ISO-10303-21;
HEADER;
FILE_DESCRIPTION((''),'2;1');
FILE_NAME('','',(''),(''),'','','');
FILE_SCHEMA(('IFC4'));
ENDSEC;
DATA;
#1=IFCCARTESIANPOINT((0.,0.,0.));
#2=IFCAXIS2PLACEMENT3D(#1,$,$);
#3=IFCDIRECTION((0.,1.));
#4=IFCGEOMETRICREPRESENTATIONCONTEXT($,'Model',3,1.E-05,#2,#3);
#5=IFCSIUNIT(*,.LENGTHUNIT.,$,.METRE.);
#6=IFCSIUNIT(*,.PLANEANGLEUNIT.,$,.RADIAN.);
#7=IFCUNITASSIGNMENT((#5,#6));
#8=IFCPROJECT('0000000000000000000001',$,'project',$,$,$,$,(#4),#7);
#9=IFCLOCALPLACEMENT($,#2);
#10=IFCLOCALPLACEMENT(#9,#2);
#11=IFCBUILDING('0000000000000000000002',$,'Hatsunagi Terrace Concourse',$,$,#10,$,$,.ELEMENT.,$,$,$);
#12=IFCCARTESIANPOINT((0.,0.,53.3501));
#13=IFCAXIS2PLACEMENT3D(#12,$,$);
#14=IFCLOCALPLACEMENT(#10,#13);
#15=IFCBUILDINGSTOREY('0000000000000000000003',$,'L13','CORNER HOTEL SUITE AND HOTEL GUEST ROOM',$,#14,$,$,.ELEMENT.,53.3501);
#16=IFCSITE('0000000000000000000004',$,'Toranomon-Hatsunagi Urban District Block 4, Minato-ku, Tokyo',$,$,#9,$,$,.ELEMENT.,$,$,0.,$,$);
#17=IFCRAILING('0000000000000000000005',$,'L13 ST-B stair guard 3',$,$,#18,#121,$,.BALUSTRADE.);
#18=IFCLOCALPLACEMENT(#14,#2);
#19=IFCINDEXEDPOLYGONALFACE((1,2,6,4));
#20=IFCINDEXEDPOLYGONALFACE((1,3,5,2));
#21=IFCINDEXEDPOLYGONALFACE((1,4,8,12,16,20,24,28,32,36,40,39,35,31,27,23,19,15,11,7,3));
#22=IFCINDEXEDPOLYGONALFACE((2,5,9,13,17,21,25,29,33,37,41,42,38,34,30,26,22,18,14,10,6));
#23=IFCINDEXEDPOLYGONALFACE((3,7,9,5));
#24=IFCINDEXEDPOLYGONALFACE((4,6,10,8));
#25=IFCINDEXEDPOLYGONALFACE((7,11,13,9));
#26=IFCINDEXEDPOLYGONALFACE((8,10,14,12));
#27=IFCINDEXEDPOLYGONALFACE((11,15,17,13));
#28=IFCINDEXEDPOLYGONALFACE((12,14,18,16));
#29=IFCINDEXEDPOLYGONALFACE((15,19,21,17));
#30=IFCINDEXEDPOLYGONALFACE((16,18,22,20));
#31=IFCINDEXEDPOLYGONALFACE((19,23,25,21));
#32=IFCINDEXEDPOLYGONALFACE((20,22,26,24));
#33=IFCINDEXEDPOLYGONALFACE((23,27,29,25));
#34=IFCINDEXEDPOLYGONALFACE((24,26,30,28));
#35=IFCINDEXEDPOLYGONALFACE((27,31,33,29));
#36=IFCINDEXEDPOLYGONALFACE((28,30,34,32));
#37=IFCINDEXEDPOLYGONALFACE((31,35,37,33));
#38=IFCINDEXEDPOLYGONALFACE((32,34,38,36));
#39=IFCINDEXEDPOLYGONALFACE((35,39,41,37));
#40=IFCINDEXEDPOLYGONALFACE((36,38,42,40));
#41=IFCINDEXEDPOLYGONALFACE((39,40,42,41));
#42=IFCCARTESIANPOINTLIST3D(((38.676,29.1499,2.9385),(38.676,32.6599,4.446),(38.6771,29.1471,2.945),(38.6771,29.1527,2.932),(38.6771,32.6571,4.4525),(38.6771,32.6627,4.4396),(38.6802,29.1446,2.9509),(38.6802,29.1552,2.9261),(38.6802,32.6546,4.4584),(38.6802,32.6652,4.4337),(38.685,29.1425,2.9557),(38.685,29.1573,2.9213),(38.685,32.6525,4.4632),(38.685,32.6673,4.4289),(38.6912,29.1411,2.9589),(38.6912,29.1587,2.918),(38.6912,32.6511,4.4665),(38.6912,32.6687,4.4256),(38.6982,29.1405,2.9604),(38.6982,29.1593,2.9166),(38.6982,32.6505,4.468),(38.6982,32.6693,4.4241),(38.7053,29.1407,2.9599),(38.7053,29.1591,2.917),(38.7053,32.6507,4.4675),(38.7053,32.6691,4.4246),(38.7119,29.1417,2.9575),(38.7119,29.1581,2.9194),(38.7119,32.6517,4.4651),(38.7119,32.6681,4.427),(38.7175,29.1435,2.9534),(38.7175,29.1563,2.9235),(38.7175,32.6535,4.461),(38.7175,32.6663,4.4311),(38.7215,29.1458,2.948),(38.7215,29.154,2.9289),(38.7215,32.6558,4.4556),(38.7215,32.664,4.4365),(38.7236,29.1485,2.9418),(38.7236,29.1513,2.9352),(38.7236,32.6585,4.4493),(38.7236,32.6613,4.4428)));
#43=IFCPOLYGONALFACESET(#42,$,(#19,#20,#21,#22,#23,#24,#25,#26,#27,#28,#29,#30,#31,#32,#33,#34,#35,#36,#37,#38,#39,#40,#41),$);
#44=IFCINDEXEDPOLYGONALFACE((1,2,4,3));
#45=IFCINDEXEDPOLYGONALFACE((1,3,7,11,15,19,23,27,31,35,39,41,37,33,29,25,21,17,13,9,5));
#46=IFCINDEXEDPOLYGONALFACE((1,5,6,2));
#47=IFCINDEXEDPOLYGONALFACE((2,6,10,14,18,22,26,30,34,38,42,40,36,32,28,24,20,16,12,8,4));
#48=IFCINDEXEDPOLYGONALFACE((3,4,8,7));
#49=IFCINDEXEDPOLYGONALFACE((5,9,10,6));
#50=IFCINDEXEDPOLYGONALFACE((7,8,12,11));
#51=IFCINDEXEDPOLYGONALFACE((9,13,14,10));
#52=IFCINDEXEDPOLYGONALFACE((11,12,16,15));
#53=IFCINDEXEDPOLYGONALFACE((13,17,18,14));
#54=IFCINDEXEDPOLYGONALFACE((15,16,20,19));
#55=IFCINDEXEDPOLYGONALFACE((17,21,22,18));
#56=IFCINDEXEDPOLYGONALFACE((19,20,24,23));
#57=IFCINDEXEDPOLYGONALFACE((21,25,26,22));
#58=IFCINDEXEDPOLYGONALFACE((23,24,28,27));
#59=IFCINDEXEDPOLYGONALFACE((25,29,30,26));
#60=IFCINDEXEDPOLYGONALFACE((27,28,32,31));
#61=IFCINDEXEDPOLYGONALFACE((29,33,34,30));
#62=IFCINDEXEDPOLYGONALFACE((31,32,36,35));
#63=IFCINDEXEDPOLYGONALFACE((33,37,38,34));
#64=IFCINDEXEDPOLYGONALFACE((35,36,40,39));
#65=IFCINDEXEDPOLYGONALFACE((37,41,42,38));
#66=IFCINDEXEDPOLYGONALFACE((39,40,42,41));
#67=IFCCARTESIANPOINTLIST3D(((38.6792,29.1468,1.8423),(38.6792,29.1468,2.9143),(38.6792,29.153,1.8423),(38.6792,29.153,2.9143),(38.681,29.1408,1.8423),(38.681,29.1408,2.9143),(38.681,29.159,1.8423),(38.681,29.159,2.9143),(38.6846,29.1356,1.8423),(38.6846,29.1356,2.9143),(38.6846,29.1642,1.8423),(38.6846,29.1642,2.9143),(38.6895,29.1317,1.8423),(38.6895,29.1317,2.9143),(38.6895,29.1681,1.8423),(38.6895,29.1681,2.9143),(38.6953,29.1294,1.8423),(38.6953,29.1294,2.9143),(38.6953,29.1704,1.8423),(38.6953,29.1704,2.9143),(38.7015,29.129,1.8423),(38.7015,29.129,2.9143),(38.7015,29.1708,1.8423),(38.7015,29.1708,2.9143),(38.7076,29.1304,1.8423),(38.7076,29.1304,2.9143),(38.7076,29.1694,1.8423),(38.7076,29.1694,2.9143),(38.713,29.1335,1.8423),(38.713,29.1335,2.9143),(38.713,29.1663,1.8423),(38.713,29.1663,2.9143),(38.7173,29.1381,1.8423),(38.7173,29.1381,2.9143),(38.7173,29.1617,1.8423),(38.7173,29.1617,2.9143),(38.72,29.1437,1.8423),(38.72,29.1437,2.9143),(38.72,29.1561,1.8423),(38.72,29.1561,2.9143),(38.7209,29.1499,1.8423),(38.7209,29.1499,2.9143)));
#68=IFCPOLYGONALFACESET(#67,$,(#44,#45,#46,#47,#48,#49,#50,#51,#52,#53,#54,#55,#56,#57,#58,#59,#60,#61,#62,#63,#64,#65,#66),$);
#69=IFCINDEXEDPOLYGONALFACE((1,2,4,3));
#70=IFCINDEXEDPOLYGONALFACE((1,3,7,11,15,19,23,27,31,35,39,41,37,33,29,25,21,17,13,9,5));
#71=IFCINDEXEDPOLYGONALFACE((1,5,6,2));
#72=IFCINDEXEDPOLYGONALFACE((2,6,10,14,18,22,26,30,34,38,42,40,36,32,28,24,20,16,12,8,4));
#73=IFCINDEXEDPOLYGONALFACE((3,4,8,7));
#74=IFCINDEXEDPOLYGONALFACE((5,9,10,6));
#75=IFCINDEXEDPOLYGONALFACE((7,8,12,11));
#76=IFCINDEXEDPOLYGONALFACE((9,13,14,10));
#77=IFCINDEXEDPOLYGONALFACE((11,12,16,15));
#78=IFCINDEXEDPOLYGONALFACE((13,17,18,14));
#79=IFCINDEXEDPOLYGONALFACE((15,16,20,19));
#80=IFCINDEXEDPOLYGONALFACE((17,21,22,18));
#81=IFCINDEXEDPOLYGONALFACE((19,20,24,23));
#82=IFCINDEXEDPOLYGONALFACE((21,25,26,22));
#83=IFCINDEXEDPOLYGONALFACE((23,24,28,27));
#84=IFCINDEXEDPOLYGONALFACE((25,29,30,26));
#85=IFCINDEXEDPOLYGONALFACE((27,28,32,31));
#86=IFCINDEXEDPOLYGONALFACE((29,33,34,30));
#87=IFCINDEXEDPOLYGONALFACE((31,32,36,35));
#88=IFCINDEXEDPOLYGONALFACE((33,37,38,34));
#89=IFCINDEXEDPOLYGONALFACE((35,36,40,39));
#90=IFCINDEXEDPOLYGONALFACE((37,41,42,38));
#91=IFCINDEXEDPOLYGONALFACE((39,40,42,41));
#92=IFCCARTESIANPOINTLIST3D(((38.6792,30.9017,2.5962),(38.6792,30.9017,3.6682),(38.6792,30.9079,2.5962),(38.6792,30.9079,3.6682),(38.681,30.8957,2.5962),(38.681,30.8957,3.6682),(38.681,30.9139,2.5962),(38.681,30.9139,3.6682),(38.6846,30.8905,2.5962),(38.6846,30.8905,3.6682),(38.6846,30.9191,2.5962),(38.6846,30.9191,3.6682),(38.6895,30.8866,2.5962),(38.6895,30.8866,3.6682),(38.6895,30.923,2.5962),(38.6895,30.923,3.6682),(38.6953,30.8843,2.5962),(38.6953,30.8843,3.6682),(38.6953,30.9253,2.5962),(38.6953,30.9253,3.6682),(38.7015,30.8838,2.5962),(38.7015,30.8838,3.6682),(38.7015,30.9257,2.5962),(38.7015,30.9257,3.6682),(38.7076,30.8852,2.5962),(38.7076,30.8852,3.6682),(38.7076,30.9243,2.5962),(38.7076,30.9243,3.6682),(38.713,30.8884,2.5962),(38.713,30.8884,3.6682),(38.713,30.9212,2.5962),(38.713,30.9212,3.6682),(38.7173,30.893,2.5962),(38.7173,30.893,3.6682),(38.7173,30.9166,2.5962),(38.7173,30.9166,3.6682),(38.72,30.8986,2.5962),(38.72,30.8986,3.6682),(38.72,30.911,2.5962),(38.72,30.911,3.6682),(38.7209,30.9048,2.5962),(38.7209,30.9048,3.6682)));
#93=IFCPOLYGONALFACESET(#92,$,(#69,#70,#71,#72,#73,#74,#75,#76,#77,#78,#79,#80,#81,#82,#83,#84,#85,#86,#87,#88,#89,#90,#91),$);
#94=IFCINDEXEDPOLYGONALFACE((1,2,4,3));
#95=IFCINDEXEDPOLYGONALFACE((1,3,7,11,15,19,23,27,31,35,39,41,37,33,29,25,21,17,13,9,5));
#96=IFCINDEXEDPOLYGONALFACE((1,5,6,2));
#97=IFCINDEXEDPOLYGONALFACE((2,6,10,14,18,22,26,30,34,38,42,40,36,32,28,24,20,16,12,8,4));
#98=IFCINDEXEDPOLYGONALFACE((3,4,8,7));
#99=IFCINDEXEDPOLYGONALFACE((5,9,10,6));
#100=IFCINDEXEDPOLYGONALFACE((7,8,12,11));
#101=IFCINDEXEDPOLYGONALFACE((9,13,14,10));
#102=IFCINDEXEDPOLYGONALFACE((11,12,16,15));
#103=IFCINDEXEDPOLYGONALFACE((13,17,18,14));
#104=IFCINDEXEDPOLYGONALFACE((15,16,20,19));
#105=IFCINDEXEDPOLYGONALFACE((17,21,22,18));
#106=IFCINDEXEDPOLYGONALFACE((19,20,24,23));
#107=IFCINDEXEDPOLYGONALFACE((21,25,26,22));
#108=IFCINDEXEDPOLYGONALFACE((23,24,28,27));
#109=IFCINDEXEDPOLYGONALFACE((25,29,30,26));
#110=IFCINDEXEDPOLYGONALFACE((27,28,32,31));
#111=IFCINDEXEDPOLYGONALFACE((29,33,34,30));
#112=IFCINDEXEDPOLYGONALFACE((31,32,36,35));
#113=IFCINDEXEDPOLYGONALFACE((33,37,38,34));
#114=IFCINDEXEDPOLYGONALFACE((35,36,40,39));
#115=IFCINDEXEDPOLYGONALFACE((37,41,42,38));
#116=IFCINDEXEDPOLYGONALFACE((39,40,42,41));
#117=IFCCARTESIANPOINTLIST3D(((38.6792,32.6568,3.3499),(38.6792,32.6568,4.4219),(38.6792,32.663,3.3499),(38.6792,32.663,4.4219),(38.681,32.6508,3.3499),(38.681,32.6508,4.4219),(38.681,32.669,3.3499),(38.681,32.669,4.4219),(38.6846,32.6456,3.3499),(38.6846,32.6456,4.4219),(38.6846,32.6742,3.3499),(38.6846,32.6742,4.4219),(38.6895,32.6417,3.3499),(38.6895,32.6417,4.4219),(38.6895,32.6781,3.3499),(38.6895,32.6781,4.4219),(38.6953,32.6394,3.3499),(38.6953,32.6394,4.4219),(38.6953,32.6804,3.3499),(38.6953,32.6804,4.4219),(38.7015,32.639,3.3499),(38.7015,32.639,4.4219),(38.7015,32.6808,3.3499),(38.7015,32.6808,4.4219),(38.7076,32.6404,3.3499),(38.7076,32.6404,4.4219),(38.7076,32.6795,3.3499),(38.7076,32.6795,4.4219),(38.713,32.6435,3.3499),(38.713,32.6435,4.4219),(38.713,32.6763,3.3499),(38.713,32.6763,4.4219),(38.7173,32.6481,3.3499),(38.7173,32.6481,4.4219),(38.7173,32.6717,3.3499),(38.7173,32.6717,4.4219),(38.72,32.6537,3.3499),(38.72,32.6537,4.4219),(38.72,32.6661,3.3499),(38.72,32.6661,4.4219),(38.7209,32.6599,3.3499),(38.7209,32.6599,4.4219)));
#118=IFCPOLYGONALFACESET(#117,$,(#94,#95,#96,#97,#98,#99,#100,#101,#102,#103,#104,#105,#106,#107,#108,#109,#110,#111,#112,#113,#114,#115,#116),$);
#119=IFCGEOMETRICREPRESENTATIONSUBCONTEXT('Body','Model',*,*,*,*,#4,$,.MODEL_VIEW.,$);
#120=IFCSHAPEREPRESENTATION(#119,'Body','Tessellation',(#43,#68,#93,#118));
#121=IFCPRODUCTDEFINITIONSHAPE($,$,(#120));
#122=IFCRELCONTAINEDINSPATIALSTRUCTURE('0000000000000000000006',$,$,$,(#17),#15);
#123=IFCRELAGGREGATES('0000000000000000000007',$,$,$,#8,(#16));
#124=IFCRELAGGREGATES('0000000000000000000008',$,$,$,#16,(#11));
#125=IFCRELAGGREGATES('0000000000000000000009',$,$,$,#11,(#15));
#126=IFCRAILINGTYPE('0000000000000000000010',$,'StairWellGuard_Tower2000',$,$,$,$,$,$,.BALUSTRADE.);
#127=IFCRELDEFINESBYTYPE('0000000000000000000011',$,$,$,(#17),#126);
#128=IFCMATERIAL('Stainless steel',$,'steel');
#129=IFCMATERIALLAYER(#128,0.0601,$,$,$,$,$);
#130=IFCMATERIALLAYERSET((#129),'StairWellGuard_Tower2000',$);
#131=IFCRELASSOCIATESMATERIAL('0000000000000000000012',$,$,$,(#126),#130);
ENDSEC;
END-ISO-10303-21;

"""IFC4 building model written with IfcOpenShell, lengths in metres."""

from ifc_helpers import new_model, si_unit, direction, frame, origin, origin_2d, place, context, subcontext, project, spatial, circle, extrude, material, layer, layer_set, type_object, element, save


model = new_model("IFC4")

# Units and contexts
model_context = context("Model", 3, precision=1e-05, world=origin(), true_north=direction((0.0, 1.0)))
body_context = subcontext(model_context, "Body", "Model", "MODEL_VIEW")
ifc_project = project(units=[si_unit("LENGTHUNIT", "METRE"), si_unit("PLANEANGLEUNIT", "RADIAN")], contexts=[model_context])

# Site, building, storey
site_placement = place(None, origin())
site = spatial("IfcSite", under=ifc_project, at=site_placement, Name="Toranomon-Hatsunagi Urban District Block 4, Minato-ku, Tokyo", CompositionType="ELEMENT", RefElevation=0.0)
building_placement = place(site_placement, origin())
building = spatial("IfcBuilding", under=site, at=building_placement, Name="Hatsunagi Terrace Concourse", CompositionType="ELEMENT")
storey_placement = place(building_placement, frame((0.0, 0.0, 53.3501)))
storey = spatial("IfcBuildingStorey", under=building, at=storey_placement, Name="L13", Description="CORNER HOTEL SUITE AND HOTEL GUEST ROOM", CompositionType="ELEMENT", Elevation=53.3501)

# Railing
ifc_material_1 = material(Name="Stainless steel", Category="steel")
ifc_layer_1 = layer(ifc_material_1, 0.0601)
ifc_layer_set_1 = layer_set([ifc_layer_1], Name="StairWellGuard_Tower2000")
railing_type_1 = type_object("IfcRailingType", Name="StairWellGuard_Tower2000", PredefinedType="BALUSTRADE", material=ifc_layer_set_1)
railing_1_placement = place(storey_placement, frame((38.7, 29.1499, 1.8423)))
element("IfcRailing", 1, at=railing_1_placement, inside=storey, type_object=railing_type_1, Name="L13 ST-B stair guard 3", PredefinedType="BALUSTRADE", context=body_context, shape_type="SweptSolid", body=[
    extrude(circle(Radius=0.0239, at=origin_2d()), frame((0.0, 0.0, 1.0962), z_axis=(0.0, 0.918834, 0.394644), x_axis=(-1.0, 0.0, 0.0)), (0.0, 0.0, 1.0), 3.8201),
    extrude(circle(Radius=0.021, at=origin_2d()), origin(), (0.0, 0.0, 1.0), 1.072),
    extrude(circle(Radius=0.021, at=origin_2d()), frame((0.0, 1.7549, 0.7539)), (0.0, 0.0, 1.0), 1.072),
    extrude(circle(Radius=0.021, at=origin_2d()), frame((0.0, 3.51, 1.5076)), (0.0, 0.0, 1.0), 1.072),
])

save(model, "model.ifc")
